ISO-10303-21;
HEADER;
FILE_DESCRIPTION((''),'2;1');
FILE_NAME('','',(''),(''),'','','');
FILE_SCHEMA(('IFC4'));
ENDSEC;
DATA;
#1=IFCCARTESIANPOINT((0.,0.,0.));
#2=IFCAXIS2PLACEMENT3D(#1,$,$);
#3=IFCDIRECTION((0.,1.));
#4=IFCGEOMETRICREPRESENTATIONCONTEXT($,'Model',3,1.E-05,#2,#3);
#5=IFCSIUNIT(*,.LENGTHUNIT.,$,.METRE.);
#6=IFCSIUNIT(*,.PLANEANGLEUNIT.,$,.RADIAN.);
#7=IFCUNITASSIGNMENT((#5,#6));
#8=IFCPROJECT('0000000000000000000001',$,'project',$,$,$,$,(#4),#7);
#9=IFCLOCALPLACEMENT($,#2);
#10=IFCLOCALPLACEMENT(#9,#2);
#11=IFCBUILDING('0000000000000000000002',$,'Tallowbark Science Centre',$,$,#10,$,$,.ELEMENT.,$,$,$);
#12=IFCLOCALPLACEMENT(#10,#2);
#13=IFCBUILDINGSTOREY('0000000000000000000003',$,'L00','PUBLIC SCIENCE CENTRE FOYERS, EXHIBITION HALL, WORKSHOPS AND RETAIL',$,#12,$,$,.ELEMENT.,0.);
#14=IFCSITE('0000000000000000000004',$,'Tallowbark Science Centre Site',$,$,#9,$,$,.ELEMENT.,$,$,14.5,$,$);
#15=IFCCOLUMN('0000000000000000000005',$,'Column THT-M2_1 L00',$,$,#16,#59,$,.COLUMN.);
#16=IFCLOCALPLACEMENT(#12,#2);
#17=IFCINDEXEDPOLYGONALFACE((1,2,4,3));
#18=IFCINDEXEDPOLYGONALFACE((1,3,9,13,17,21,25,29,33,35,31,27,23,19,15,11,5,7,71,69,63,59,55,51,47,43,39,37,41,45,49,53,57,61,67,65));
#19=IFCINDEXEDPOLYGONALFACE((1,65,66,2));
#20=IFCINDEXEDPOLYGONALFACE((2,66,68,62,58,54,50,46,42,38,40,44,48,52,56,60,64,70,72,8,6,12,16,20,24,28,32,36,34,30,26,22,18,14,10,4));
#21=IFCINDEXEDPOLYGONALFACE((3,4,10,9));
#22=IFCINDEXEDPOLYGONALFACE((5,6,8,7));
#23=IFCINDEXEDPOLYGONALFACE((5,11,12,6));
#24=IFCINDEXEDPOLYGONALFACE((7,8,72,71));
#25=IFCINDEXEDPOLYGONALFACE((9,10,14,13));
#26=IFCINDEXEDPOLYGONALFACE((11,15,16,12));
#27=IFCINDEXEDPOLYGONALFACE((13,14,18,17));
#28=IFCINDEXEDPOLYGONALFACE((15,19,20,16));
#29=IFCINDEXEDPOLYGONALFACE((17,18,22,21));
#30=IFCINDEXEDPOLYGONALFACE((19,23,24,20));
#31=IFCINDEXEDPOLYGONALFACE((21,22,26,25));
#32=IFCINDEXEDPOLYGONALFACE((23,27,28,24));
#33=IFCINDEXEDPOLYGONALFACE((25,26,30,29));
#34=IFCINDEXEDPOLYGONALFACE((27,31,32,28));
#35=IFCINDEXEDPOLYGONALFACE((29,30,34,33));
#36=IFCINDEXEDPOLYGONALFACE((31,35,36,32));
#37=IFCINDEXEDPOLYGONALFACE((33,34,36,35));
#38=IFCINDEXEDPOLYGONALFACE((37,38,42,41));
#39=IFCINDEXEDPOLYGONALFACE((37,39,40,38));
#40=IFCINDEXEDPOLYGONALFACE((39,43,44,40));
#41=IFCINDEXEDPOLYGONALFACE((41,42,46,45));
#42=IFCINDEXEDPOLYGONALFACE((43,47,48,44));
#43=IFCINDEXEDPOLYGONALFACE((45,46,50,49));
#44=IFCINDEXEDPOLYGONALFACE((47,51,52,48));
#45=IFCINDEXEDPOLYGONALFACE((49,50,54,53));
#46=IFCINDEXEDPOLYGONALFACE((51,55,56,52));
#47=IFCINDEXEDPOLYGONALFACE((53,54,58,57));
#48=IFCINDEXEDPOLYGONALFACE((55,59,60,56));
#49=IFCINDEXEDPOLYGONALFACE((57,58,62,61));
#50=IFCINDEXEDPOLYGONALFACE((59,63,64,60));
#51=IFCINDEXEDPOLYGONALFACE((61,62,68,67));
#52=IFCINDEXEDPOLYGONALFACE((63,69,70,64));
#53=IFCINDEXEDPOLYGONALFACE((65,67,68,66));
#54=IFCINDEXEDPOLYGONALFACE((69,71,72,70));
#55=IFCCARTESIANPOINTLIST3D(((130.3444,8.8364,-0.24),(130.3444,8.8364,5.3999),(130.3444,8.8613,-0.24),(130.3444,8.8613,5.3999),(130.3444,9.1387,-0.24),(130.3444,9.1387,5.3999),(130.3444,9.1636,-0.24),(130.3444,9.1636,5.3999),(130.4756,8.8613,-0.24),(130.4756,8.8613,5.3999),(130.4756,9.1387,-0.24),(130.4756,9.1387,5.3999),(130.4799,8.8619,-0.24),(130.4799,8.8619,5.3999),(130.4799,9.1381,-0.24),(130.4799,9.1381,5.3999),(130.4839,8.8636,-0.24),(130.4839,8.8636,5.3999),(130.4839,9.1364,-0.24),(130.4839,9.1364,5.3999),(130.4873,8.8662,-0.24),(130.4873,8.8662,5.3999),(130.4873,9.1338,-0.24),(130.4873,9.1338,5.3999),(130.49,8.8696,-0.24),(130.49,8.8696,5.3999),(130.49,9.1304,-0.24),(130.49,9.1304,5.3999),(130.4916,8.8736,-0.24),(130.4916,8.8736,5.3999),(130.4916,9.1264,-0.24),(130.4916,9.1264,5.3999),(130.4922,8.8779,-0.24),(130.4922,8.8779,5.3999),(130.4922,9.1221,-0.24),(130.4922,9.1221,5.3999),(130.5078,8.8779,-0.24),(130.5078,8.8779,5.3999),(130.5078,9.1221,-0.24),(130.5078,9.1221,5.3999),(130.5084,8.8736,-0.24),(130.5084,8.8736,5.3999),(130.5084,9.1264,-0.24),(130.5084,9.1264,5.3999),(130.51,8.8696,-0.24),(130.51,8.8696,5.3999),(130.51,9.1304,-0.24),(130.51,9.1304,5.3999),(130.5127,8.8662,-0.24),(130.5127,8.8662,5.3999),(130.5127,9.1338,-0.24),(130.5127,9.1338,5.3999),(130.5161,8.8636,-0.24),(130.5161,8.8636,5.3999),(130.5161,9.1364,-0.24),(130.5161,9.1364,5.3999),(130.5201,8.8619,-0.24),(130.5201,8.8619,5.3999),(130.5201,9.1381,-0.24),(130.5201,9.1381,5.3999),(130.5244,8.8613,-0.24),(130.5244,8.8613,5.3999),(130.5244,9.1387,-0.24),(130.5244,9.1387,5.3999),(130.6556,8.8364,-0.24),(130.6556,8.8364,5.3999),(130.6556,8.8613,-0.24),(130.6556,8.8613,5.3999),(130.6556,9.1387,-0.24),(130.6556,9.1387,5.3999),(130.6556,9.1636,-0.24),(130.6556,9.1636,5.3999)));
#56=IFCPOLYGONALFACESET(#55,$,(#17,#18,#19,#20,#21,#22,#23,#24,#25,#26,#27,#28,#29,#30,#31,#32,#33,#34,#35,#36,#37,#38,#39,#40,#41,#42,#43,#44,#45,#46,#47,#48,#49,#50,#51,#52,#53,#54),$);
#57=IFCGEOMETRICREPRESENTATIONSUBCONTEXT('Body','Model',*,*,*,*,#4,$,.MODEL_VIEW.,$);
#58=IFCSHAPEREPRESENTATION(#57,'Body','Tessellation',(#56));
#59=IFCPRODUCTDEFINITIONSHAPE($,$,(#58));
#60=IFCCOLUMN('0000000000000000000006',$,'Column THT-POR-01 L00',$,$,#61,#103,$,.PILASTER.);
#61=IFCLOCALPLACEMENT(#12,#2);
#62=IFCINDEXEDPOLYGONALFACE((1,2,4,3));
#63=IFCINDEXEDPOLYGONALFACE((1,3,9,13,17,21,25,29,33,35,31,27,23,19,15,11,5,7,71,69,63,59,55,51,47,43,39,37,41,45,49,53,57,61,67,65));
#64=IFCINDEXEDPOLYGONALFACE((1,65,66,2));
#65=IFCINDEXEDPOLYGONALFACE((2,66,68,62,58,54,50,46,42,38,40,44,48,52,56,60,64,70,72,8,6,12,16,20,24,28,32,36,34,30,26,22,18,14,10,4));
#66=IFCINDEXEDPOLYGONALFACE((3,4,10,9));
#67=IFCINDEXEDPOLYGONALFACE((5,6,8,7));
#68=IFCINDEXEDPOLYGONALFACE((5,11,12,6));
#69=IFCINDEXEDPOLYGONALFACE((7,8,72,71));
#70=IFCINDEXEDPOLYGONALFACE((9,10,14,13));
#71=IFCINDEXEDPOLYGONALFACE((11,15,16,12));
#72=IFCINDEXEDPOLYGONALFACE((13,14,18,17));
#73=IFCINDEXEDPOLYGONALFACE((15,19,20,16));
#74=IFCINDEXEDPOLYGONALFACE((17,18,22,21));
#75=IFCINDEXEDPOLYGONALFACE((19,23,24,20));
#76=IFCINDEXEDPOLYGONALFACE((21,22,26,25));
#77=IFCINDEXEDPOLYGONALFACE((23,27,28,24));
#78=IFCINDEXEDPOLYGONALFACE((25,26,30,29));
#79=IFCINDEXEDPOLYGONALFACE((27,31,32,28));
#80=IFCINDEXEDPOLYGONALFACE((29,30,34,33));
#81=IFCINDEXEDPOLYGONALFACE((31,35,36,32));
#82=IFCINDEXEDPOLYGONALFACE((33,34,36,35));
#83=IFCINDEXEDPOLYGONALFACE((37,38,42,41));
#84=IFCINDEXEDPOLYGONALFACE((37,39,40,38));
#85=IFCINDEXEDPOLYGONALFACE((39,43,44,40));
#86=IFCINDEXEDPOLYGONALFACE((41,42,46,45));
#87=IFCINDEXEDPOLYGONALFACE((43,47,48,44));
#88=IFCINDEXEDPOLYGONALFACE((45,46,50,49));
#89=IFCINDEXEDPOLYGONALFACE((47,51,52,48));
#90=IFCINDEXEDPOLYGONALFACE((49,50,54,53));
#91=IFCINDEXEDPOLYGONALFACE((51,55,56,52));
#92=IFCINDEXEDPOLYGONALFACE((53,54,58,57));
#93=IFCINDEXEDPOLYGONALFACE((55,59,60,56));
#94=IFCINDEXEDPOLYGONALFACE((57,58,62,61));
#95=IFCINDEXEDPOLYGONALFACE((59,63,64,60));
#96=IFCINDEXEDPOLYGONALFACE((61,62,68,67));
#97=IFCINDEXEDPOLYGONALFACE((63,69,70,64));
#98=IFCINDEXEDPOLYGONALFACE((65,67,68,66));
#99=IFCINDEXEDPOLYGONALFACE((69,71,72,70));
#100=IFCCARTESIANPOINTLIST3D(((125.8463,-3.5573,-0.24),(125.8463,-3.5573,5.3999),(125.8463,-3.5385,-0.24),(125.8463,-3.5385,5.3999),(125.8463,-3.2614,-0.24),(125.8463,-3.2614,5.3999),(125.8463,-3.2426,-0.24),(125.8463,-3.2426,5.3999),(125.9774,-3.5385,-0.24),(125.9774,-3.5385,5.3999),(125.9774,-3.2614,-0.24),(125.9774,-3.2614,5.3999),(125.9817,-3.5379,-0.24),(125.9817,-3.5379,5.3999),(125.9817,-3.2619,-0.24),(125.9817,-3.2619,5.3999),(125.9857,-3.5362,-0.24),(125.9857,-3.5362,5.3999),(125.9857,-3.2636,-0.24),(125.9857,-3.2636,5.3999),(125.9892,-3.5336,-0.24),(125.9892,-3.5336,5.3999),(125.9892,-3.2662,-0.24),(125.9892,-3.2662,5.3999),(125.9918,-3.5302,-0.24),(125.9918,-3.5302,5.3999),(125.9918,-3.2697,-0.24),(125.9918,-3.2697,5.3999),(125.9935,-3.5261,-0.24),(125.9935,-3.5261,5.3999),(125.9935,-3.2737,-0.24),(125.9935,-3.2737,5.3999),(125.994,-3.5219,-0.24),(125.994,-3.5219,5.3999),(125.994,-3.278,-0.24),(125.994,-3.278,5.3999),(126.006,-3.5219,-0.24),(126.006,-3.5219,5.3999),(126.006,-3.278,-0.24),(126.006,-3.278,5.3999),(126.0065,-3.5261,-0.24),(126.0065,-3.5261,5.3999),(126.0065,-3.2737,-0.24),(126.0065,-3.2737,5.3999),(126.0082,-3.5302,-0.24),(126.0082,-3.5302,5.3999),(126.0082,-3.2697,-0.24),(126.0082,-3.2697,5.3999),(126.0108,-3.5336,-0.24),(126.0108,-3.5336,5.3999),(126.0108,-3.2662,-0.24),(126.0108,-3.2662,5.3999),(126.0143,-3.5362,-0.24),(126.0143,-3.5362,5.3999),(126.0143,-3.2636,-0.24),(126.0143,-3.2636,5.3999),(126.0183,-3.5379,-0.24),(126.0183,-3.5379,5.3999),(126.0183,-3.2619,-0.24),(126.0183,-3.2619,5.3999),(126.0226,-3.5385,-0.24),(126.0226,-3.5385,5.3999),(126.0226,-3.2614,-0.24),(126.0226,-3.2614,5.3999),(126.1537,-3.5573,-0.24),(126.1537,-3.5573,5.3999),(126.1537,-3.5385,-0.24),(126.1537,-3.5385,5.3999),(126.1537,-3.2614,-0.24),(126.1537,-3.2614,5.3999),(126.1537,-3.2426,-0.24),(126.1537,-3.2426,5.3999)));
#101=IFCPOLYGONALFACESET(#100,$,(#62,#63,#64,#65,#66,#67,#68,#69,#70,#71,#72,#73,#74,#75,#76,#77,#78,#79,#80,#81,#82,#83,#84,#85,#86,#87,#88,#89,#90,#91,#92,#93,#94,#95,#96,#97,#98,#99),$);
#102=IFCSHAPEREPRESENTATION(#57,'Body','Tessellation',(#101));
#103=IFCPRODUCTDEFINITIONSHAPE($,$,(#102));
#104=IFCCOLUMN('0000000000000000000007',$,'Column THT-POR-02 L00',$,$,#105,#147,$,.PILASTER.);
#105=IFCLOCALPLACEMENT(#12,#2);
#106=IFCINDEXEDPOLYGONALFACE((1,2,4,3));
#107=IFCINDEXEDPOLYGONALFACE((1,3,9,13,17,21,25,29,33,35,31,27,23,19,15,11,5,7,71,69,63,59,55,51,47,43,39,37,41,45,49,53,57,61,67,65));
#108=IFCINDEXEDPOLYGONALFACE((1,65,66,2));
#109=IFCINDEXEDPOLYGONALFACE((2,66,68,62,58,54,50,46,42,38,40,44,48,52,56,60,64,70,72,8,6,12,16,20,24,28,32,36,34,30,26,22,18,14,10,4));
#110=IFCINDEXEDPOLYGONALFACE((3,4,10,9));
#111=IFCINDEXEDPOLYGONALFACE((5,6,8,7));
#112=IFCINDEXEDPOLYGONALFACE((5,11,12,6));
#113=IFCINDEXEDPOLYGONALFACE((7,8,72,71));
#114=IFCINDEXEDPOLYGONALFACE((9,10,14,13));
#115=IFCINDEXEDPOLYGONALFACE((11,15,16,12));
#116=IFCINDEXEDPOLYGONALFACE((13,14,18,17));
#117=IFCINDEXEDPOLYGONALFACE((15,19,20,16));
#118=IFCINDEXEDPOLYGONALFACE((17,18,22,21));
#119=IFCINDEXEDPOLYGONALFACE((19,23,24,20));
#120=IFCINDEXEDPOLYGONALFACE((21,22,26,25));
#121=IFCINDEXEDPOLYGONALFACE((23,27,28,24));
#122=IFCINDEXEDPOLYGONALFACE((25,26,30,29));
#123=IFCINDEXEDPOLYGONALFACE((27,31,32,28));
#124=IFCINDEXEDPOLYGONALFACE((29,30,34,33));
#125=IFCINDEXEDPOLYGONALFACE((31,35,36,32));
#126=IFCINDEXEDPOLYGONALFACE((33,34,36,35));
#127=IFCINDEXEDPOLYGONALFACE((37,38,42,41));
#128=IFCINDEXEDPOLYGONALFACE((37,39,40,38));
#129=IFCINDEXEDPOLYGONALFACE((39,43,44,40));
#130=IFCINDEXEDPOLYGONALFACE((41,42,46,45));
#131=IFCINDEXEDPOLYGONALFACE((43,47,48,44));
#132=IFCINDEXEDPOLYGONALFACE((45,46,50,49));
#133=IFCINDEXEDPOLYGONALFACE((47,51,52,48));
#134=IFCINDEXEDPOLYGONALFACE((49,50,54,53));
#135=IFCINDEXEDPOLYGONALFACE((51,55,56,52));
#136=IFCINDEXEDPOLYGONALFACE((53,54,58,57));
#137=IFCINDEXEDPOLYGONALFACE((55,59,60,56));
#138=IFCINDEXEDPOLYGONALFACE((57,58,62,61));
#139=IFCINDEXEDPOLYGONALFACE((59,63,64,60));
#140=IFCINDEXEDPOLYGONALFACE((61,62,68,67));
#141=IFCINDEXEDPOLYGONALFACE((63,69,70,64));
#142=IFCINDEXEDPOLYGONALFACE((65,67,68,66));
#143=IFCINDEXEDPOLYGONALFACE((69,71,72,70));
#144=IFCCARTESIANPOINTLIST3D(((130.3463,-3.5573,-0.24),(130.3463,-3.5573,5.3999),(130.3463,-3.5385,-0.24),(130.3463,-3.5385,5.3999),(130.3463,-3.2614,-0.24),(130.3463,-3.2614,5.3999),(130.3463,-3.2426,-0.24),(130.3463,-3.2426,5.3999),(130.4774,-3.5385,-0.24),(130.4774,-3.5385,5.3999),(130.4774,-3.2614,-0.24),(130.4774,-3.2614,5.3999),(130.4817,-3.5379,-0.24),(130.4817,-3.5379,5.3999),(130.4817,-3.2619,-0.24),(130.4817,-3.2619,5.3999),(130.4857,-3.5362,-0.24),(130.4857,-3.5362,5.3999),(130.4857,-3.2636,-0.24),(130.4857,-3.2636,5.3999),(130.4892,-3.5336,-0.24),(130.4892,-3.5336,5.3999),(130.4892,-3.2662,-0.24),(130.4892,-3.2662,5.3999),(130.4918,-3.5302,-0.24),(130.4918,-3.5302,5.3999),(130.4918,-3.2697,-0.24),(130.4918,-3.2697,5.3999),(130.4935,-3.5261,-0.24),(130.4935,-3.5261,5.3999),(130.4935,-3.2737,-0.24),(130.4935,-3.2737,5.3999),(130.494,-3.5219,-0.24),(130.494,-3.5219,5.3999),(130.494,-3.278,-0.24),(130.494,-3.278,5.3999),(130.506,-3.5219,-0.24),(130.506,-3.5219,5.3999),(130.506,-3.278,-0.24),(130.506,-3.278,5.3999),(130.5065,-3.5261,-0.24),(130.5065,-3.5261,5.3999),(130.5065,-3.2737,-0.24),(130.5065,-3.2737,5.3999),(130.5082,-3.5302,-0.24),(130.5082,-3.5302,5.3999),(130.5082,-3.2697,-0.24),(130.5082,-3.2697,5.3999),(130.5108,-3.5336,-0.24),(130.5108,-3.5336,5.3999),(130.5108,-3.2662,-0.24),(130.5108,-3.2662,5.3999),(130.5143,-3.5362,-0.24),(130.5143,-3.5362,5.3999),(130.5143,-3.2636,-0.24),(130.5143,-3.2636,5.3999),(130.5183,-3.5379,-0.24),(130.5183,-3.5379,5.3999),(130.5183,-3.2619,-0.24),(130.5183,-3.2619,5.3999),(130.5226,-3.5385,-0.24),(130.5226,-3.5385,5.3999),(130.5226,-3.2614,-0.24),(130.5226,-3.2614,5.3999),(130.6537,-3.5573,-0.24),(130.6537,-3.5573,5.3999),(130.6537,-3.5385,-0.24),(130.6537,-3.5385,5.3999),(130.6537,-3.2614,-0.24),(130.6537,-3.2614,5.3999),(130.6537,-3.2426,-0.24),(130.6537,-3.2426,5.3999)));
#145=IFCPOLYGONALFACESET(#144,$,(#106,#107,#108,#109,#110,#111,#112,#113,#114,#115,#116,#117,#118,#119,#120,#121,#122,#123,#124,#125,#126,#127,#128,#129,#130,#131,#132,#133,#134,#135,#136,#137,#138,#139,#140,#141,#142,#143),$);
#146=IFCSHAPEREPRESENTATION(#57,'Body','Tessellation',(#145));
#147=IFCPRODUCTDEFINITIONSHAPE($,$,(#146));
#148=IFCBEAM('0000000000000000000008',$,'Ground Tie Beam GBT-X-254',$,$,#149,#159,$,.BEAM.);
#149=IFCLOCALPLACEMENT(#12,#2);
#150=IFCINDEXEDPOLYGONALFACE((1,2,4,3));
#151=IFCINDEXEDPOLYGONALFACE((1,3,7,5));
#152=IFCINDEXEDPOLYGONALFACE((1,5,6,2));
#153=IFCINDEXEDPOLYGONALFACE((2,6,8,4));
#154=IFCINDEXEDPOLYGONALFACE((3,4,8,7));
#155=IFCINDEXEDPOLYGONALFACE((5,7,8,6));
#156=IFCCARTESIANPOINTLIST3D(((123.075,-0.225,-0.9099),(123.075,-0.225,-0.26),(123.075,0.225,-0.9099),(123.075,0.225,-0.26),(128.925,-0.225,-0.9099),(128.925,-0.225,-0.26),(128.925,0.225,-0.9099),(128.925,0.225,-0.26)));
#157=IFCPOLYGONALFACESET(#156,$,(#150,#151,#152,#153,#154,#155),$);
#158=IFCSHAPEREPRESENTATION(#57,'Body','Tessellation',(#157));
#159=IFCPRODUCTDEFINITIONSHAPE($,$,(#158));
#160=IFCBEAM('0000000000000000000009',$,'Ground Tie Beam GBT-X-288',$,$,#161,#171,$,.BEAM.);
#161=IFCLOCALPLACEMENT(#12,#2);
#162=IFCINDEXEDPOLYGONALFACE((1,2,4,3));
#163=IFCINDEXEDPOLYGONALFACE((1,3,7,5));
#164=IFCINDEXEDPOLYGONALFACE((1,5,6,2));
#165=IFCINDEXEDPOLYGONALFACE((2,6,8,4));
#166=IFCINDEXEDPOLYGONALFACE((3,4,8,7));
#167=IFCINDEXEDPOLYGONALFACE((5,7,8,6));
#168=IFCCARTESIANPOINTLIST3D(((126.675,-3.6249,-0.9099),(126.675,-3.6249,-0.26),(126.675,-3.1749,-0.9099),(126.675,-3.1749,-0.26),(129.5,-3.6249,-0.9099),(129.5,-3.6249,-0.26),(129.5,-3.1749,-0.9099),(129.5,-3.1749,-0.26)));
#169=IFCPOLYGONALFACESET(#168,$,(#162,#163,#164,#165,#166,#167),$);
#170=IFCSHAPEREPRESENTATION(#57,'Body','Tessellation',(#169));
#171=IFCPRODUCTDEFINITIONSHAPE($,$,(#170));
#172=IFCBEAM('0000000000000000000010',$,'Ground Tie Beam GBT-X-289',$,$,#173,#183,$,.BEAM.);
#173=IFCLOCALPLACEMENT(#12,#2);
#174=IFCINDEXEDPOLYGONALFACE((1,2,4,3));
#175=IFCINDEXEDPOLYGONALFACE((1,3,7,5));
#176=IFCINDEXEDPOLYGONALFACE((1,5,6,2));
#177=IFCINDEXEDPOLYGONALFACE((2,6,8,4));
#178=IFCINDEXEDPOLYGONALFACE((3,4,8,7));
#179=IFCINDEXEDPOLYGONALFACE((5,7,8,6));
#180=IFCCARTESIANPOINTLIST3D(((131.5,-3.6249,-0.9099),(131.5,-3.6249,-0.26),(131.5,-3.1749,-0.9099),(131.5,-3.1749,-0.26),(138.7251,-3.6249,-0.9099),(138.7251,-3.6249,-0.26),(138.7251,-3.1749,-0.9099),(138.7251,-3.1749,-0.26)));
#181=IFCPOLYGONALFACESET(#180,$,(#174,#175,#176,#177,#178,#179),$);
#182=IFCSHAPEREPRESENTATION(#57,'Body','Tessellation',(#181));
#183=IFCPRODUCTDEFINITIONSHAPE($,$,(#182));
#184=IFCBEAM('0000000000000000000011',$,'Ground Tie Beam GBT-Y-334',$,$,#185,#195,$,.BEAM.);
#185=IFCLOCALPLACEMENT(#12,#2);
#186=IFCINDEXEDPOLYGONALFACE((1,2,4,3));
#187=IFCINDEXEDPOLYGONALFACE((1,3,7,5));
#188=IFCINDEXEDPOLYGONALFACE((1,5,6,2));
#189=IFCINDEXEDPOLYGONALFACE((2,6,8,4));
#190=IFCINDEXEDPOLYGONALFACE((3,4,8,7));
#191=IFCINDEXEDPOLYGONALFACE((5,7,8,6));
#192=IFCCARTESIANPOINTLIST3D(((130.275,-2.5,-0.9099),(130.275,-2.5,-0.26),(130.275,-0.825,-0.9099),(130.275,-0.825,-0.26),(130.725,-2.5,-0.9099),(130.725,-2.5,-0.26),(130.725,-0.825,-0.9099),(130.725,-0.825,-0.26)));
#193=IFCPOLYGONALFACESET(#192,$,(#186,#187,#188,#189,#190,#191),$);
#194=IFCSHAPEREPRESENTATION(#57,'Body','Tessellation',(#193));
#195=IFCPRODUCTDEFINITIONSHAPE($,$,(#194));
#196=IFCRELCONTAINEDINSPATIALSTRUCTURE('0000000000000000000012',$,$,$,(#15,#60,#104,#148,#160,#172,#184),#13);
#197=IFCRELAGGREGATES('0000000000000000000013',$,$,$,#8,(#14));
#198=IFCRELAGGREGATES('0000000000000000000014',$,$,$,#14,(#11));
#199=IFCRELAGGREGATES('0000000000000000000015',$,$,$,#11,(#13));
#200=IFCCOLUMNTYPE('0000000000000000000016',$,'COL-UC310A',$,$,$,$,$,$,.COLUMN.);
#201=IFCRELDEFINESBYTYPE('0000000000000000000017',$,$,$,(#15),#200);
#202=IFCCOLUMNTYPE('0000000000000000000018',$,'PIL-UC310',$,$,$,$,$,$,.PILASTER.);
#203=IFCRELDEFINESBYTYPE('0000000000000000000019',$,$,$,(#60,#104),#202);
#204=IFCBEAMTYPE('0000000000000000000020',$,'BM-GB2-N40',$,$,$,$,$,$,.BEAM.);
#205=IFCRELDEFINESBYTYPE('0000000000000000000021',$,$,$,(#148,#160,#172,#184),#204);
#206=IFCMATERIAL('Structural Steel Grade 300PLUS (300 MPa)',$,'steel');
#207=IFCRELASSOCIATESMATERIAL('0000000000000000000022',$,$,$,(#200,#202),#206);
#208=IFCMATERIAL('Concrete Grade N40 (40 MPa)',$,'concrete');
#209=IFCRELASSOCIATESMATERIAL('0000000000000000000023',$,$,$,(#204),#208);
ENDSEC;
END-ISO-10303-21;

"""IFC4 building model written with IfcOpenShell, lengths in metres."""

from ifc_helpers import new_model, si_unit, direction, frame, origin, origin_2d, place, context, subcontext, project, spatial, rectangle, i_section, extrude, material, material_profile, profile_set, type_object, element, save


model = new_model("IFC4")

# Units and contexts
model_context = context("Model", 3, precision=1e-05, world=origin(), true_north=direction((0.0, 1.0)))
body_context = subcontext(model_context, "Body", "Model", "MODEL_VIEW")
ifc_project = project(units=[si_unit("LENGTHUNIT", "METRE"), si_unit("PLANEANGLEUNIT", "RADIAN")], contexts=[model_context])

# Site, building, storey
site_placement = place(None, origin())
site = spatial("IfcSite", under=ifc_project, at=site_placement, Name="Tallowbark Science Centre Site", CompositionType="ELEMENT", RefElevation=14.5)
building_placement = place(site_placement, origin())
building = spatial("IfcBuilding", under=site, at=building_placement, Name="Tallowbark Science Centre", CompositionType="ELEMENT")
storey_placement = place(building_placement, origin())
storey = spatial("IfcBuildingStorey", under=building, at=storey_placement, Name="L00", Description="PUBLIC SCIENCE CENTRE FOYERS, EXHIBITION HALL, WORKSHOPS AND RETAIL", CompositionType="ELEMENT", Elevation=0.0)

# Shared definitions
ifc_material_1 = material(Name="Concrete Grade N40 (40 MPa)", Category="concrete")

# Columns
ifc_material_2 = material(Name="Structural Steel Grade 300PLUS (300 MPa)", Category="steel")
ifc_material_profile_1 = material_profile(ifc_material_2, i_section(OverallWidth=0.3113, OverallDepth=0.3271, WebThickness=0.0156, FlangeThickness=0.0249, FilletRadius=0.0166, at=origin_2d()), Name="310UC158")
ifc_profile_set_1 = profile_set([ifc_material_profile_1], Name="Structural Steel Grade 300PLUS (300 MPa)")
column_type_1 = type_object("IfcColumnType", Name="COL-UC310A", PredefinedType="COLUMN", material=ifc_profile_set_1)
for number, where, z_axis, x_axis, name in (
    (1, (130.5, 9.0, -0.24), (0.0, 0.0, 1.0), (1.0, 0.0, 0.0), "Column THT-M2_1 L00"),
):
    element("IfcColumn", number, at=place(storey_placement, frame(where, z_axis=z_axis, x_axis=x_axis)), inside=storey, type_object=column_type_1, Name=name, PredefinedType="COLUMN", context=body_context, shape_type="SweptSolid", body=[
        extrude(i_section(OverallWidth=0.3113, OverallDepth=0.3271, WebThickness=0.0156, FlangeThickness=0.0249, FilletRadius=0.0166, at=origin_2d()), origin(), (0.0, 0.0, 1.0), 5.6399),
    ])
ifc_material_profile_2 = material_profile(ifc_material_2, i_section(OverallWidth=0.3074, OverallDepth=0.3147, WebThickness=0.012, FlangeThickness=0.0188, FilletRadius=0.0166, at=origin_2d()), Name="310UC118")
ifc_profile_set_2 = profile_set([ifc_material_profile_2], Name="Structural Steel Grade 300PLUS (300 MPa)")
column_type_2 = type_object("IfcColumnType", Name="PIL-UC310", PredefinedType="PILASTER", material=ifc_profile_set_2)
for number, where, z_axis, x_axis, name in (
    (2, (126.0, -3.3999, -0.24), (0.0, 0.0, 1.0), (1.0, 0.0, 0.0), "Column THT-POR-01 L00"),
    (3, (130.5, -3.3999, -0.24), (0.0, 0.0, 1.0), (1.0, 0.0, 0.0), "Column THT-POR-02 L00"),
):
    element("IfcColumn", number, at=place(storey_placement, frame(where, z_axis=z_axis, x_axis=x_axis)), inside=storey, type_object=column_type_2, Name=name, PredefinedType="PILASTER", context=body_context, shape_type="SweptSolid", body=[
        extrude(i_section(OverallWidth=0.3074, OverallDepth=0.3147, WebThickness=0.012, FlangeThickness=0.0188, FilletRadius=0.0166, at=origin_2d()), origin(), (0.0, 0.0, 1.0), 5.6399),
    ])

# Beams
ifc_material_profile_3 = material_profile(ifc_material_1, rectangle(XDim=0.45, YDim=0.6499, at=origin_2d()), Name="RC450x650")
ifc_profile_set_3 = profile_set([ifc_material_profile_3], Name="Concrete Grade N40 (40 MPa)")
beam_type = type_object("IfcBeamType", Name="BM-GB2-N40", PredefinedType="BEAM", material=ifc_profile_set_3)
beam_1_placement = place(storey_placement, frame((123.075, 0.0, -0.585), z_axis=(1.0, 0.0, 0.0), x_axis=(0.0, 1.0, 0.0)))
element("IfcBeam", 4, at=beam_1_placement, inside=storey, type_object=beam_type, Name="Ground Tie Beam GBT-X-254", PredefinedType="BEAM", context=body_context, shape_type="SweptSolid", body=[
    extrude(rectangle(XDim=0.45, YDim=0.6499, at=origin_2d()), origin(), (0.0, 0.0, 1.0), 5.8501),
])
beam_2_placement = place(storey_placement, frame((126.675, -3.3999, -0.585), z_axis=(1.0, 0.0, 0.0), x_axis=(0.0, 1.0, 0.0)))
element("IfcBeam", 5, at=beam_2_placement, inside=storey, type_object=beam_type, Name="Ground Tie Beam GBT-X-288", PredefinedType="BEAM", context=body_context, shape_type="SweptSolid", body=[
    extrude(rectangle(XDim=0.45, YDim=0.6499, at=origin_2d()), origin(), (0.0, 0.0, 1.0), 2.825),
])
beam_3_placement = place(storey_placement, frame((131.5, -3.3999, -0.585), z_axis=(1.0, 0.0, 0.0), x_axis=(0.0, 1.0, 0.0)))
element("IfcBeam", 6, at=beam_3_placement, inside=storey, type_object=beam_type, Name="Ground Tie Beam GBT-X-289", PredefinedType="BEAM", context=body_context, shape_type="SweptSolid", body=[
    extrude(rectangle(XDim=0.45, YDim=0.6499, at=origin_2d()), origin(), (0.0, 0.0, 1.0), 7.2251),
])
beam_4_placement = place(storey_placement, frame((130.5, -2.5, -0.585), z_axis=(0.0, 1.0, 0.0), x_axis=(-1.0, 0.0, 0.0)))
element("IfcBeam", 7, at=beam_4_placement, inside=storey, type_object=beam_type, Name="Ground Tie Beam GBT-Y-334", PredefinedType="BEAM", context=body_context, shape_type="SweptSolid", body=[
    extrude(rectangle(XDim=0.45, YDim=0.6499, at=origin_2d()), origin(), (0.0, 0.0, 1.0), 1.675),
])

save(model, "model.ifc")
